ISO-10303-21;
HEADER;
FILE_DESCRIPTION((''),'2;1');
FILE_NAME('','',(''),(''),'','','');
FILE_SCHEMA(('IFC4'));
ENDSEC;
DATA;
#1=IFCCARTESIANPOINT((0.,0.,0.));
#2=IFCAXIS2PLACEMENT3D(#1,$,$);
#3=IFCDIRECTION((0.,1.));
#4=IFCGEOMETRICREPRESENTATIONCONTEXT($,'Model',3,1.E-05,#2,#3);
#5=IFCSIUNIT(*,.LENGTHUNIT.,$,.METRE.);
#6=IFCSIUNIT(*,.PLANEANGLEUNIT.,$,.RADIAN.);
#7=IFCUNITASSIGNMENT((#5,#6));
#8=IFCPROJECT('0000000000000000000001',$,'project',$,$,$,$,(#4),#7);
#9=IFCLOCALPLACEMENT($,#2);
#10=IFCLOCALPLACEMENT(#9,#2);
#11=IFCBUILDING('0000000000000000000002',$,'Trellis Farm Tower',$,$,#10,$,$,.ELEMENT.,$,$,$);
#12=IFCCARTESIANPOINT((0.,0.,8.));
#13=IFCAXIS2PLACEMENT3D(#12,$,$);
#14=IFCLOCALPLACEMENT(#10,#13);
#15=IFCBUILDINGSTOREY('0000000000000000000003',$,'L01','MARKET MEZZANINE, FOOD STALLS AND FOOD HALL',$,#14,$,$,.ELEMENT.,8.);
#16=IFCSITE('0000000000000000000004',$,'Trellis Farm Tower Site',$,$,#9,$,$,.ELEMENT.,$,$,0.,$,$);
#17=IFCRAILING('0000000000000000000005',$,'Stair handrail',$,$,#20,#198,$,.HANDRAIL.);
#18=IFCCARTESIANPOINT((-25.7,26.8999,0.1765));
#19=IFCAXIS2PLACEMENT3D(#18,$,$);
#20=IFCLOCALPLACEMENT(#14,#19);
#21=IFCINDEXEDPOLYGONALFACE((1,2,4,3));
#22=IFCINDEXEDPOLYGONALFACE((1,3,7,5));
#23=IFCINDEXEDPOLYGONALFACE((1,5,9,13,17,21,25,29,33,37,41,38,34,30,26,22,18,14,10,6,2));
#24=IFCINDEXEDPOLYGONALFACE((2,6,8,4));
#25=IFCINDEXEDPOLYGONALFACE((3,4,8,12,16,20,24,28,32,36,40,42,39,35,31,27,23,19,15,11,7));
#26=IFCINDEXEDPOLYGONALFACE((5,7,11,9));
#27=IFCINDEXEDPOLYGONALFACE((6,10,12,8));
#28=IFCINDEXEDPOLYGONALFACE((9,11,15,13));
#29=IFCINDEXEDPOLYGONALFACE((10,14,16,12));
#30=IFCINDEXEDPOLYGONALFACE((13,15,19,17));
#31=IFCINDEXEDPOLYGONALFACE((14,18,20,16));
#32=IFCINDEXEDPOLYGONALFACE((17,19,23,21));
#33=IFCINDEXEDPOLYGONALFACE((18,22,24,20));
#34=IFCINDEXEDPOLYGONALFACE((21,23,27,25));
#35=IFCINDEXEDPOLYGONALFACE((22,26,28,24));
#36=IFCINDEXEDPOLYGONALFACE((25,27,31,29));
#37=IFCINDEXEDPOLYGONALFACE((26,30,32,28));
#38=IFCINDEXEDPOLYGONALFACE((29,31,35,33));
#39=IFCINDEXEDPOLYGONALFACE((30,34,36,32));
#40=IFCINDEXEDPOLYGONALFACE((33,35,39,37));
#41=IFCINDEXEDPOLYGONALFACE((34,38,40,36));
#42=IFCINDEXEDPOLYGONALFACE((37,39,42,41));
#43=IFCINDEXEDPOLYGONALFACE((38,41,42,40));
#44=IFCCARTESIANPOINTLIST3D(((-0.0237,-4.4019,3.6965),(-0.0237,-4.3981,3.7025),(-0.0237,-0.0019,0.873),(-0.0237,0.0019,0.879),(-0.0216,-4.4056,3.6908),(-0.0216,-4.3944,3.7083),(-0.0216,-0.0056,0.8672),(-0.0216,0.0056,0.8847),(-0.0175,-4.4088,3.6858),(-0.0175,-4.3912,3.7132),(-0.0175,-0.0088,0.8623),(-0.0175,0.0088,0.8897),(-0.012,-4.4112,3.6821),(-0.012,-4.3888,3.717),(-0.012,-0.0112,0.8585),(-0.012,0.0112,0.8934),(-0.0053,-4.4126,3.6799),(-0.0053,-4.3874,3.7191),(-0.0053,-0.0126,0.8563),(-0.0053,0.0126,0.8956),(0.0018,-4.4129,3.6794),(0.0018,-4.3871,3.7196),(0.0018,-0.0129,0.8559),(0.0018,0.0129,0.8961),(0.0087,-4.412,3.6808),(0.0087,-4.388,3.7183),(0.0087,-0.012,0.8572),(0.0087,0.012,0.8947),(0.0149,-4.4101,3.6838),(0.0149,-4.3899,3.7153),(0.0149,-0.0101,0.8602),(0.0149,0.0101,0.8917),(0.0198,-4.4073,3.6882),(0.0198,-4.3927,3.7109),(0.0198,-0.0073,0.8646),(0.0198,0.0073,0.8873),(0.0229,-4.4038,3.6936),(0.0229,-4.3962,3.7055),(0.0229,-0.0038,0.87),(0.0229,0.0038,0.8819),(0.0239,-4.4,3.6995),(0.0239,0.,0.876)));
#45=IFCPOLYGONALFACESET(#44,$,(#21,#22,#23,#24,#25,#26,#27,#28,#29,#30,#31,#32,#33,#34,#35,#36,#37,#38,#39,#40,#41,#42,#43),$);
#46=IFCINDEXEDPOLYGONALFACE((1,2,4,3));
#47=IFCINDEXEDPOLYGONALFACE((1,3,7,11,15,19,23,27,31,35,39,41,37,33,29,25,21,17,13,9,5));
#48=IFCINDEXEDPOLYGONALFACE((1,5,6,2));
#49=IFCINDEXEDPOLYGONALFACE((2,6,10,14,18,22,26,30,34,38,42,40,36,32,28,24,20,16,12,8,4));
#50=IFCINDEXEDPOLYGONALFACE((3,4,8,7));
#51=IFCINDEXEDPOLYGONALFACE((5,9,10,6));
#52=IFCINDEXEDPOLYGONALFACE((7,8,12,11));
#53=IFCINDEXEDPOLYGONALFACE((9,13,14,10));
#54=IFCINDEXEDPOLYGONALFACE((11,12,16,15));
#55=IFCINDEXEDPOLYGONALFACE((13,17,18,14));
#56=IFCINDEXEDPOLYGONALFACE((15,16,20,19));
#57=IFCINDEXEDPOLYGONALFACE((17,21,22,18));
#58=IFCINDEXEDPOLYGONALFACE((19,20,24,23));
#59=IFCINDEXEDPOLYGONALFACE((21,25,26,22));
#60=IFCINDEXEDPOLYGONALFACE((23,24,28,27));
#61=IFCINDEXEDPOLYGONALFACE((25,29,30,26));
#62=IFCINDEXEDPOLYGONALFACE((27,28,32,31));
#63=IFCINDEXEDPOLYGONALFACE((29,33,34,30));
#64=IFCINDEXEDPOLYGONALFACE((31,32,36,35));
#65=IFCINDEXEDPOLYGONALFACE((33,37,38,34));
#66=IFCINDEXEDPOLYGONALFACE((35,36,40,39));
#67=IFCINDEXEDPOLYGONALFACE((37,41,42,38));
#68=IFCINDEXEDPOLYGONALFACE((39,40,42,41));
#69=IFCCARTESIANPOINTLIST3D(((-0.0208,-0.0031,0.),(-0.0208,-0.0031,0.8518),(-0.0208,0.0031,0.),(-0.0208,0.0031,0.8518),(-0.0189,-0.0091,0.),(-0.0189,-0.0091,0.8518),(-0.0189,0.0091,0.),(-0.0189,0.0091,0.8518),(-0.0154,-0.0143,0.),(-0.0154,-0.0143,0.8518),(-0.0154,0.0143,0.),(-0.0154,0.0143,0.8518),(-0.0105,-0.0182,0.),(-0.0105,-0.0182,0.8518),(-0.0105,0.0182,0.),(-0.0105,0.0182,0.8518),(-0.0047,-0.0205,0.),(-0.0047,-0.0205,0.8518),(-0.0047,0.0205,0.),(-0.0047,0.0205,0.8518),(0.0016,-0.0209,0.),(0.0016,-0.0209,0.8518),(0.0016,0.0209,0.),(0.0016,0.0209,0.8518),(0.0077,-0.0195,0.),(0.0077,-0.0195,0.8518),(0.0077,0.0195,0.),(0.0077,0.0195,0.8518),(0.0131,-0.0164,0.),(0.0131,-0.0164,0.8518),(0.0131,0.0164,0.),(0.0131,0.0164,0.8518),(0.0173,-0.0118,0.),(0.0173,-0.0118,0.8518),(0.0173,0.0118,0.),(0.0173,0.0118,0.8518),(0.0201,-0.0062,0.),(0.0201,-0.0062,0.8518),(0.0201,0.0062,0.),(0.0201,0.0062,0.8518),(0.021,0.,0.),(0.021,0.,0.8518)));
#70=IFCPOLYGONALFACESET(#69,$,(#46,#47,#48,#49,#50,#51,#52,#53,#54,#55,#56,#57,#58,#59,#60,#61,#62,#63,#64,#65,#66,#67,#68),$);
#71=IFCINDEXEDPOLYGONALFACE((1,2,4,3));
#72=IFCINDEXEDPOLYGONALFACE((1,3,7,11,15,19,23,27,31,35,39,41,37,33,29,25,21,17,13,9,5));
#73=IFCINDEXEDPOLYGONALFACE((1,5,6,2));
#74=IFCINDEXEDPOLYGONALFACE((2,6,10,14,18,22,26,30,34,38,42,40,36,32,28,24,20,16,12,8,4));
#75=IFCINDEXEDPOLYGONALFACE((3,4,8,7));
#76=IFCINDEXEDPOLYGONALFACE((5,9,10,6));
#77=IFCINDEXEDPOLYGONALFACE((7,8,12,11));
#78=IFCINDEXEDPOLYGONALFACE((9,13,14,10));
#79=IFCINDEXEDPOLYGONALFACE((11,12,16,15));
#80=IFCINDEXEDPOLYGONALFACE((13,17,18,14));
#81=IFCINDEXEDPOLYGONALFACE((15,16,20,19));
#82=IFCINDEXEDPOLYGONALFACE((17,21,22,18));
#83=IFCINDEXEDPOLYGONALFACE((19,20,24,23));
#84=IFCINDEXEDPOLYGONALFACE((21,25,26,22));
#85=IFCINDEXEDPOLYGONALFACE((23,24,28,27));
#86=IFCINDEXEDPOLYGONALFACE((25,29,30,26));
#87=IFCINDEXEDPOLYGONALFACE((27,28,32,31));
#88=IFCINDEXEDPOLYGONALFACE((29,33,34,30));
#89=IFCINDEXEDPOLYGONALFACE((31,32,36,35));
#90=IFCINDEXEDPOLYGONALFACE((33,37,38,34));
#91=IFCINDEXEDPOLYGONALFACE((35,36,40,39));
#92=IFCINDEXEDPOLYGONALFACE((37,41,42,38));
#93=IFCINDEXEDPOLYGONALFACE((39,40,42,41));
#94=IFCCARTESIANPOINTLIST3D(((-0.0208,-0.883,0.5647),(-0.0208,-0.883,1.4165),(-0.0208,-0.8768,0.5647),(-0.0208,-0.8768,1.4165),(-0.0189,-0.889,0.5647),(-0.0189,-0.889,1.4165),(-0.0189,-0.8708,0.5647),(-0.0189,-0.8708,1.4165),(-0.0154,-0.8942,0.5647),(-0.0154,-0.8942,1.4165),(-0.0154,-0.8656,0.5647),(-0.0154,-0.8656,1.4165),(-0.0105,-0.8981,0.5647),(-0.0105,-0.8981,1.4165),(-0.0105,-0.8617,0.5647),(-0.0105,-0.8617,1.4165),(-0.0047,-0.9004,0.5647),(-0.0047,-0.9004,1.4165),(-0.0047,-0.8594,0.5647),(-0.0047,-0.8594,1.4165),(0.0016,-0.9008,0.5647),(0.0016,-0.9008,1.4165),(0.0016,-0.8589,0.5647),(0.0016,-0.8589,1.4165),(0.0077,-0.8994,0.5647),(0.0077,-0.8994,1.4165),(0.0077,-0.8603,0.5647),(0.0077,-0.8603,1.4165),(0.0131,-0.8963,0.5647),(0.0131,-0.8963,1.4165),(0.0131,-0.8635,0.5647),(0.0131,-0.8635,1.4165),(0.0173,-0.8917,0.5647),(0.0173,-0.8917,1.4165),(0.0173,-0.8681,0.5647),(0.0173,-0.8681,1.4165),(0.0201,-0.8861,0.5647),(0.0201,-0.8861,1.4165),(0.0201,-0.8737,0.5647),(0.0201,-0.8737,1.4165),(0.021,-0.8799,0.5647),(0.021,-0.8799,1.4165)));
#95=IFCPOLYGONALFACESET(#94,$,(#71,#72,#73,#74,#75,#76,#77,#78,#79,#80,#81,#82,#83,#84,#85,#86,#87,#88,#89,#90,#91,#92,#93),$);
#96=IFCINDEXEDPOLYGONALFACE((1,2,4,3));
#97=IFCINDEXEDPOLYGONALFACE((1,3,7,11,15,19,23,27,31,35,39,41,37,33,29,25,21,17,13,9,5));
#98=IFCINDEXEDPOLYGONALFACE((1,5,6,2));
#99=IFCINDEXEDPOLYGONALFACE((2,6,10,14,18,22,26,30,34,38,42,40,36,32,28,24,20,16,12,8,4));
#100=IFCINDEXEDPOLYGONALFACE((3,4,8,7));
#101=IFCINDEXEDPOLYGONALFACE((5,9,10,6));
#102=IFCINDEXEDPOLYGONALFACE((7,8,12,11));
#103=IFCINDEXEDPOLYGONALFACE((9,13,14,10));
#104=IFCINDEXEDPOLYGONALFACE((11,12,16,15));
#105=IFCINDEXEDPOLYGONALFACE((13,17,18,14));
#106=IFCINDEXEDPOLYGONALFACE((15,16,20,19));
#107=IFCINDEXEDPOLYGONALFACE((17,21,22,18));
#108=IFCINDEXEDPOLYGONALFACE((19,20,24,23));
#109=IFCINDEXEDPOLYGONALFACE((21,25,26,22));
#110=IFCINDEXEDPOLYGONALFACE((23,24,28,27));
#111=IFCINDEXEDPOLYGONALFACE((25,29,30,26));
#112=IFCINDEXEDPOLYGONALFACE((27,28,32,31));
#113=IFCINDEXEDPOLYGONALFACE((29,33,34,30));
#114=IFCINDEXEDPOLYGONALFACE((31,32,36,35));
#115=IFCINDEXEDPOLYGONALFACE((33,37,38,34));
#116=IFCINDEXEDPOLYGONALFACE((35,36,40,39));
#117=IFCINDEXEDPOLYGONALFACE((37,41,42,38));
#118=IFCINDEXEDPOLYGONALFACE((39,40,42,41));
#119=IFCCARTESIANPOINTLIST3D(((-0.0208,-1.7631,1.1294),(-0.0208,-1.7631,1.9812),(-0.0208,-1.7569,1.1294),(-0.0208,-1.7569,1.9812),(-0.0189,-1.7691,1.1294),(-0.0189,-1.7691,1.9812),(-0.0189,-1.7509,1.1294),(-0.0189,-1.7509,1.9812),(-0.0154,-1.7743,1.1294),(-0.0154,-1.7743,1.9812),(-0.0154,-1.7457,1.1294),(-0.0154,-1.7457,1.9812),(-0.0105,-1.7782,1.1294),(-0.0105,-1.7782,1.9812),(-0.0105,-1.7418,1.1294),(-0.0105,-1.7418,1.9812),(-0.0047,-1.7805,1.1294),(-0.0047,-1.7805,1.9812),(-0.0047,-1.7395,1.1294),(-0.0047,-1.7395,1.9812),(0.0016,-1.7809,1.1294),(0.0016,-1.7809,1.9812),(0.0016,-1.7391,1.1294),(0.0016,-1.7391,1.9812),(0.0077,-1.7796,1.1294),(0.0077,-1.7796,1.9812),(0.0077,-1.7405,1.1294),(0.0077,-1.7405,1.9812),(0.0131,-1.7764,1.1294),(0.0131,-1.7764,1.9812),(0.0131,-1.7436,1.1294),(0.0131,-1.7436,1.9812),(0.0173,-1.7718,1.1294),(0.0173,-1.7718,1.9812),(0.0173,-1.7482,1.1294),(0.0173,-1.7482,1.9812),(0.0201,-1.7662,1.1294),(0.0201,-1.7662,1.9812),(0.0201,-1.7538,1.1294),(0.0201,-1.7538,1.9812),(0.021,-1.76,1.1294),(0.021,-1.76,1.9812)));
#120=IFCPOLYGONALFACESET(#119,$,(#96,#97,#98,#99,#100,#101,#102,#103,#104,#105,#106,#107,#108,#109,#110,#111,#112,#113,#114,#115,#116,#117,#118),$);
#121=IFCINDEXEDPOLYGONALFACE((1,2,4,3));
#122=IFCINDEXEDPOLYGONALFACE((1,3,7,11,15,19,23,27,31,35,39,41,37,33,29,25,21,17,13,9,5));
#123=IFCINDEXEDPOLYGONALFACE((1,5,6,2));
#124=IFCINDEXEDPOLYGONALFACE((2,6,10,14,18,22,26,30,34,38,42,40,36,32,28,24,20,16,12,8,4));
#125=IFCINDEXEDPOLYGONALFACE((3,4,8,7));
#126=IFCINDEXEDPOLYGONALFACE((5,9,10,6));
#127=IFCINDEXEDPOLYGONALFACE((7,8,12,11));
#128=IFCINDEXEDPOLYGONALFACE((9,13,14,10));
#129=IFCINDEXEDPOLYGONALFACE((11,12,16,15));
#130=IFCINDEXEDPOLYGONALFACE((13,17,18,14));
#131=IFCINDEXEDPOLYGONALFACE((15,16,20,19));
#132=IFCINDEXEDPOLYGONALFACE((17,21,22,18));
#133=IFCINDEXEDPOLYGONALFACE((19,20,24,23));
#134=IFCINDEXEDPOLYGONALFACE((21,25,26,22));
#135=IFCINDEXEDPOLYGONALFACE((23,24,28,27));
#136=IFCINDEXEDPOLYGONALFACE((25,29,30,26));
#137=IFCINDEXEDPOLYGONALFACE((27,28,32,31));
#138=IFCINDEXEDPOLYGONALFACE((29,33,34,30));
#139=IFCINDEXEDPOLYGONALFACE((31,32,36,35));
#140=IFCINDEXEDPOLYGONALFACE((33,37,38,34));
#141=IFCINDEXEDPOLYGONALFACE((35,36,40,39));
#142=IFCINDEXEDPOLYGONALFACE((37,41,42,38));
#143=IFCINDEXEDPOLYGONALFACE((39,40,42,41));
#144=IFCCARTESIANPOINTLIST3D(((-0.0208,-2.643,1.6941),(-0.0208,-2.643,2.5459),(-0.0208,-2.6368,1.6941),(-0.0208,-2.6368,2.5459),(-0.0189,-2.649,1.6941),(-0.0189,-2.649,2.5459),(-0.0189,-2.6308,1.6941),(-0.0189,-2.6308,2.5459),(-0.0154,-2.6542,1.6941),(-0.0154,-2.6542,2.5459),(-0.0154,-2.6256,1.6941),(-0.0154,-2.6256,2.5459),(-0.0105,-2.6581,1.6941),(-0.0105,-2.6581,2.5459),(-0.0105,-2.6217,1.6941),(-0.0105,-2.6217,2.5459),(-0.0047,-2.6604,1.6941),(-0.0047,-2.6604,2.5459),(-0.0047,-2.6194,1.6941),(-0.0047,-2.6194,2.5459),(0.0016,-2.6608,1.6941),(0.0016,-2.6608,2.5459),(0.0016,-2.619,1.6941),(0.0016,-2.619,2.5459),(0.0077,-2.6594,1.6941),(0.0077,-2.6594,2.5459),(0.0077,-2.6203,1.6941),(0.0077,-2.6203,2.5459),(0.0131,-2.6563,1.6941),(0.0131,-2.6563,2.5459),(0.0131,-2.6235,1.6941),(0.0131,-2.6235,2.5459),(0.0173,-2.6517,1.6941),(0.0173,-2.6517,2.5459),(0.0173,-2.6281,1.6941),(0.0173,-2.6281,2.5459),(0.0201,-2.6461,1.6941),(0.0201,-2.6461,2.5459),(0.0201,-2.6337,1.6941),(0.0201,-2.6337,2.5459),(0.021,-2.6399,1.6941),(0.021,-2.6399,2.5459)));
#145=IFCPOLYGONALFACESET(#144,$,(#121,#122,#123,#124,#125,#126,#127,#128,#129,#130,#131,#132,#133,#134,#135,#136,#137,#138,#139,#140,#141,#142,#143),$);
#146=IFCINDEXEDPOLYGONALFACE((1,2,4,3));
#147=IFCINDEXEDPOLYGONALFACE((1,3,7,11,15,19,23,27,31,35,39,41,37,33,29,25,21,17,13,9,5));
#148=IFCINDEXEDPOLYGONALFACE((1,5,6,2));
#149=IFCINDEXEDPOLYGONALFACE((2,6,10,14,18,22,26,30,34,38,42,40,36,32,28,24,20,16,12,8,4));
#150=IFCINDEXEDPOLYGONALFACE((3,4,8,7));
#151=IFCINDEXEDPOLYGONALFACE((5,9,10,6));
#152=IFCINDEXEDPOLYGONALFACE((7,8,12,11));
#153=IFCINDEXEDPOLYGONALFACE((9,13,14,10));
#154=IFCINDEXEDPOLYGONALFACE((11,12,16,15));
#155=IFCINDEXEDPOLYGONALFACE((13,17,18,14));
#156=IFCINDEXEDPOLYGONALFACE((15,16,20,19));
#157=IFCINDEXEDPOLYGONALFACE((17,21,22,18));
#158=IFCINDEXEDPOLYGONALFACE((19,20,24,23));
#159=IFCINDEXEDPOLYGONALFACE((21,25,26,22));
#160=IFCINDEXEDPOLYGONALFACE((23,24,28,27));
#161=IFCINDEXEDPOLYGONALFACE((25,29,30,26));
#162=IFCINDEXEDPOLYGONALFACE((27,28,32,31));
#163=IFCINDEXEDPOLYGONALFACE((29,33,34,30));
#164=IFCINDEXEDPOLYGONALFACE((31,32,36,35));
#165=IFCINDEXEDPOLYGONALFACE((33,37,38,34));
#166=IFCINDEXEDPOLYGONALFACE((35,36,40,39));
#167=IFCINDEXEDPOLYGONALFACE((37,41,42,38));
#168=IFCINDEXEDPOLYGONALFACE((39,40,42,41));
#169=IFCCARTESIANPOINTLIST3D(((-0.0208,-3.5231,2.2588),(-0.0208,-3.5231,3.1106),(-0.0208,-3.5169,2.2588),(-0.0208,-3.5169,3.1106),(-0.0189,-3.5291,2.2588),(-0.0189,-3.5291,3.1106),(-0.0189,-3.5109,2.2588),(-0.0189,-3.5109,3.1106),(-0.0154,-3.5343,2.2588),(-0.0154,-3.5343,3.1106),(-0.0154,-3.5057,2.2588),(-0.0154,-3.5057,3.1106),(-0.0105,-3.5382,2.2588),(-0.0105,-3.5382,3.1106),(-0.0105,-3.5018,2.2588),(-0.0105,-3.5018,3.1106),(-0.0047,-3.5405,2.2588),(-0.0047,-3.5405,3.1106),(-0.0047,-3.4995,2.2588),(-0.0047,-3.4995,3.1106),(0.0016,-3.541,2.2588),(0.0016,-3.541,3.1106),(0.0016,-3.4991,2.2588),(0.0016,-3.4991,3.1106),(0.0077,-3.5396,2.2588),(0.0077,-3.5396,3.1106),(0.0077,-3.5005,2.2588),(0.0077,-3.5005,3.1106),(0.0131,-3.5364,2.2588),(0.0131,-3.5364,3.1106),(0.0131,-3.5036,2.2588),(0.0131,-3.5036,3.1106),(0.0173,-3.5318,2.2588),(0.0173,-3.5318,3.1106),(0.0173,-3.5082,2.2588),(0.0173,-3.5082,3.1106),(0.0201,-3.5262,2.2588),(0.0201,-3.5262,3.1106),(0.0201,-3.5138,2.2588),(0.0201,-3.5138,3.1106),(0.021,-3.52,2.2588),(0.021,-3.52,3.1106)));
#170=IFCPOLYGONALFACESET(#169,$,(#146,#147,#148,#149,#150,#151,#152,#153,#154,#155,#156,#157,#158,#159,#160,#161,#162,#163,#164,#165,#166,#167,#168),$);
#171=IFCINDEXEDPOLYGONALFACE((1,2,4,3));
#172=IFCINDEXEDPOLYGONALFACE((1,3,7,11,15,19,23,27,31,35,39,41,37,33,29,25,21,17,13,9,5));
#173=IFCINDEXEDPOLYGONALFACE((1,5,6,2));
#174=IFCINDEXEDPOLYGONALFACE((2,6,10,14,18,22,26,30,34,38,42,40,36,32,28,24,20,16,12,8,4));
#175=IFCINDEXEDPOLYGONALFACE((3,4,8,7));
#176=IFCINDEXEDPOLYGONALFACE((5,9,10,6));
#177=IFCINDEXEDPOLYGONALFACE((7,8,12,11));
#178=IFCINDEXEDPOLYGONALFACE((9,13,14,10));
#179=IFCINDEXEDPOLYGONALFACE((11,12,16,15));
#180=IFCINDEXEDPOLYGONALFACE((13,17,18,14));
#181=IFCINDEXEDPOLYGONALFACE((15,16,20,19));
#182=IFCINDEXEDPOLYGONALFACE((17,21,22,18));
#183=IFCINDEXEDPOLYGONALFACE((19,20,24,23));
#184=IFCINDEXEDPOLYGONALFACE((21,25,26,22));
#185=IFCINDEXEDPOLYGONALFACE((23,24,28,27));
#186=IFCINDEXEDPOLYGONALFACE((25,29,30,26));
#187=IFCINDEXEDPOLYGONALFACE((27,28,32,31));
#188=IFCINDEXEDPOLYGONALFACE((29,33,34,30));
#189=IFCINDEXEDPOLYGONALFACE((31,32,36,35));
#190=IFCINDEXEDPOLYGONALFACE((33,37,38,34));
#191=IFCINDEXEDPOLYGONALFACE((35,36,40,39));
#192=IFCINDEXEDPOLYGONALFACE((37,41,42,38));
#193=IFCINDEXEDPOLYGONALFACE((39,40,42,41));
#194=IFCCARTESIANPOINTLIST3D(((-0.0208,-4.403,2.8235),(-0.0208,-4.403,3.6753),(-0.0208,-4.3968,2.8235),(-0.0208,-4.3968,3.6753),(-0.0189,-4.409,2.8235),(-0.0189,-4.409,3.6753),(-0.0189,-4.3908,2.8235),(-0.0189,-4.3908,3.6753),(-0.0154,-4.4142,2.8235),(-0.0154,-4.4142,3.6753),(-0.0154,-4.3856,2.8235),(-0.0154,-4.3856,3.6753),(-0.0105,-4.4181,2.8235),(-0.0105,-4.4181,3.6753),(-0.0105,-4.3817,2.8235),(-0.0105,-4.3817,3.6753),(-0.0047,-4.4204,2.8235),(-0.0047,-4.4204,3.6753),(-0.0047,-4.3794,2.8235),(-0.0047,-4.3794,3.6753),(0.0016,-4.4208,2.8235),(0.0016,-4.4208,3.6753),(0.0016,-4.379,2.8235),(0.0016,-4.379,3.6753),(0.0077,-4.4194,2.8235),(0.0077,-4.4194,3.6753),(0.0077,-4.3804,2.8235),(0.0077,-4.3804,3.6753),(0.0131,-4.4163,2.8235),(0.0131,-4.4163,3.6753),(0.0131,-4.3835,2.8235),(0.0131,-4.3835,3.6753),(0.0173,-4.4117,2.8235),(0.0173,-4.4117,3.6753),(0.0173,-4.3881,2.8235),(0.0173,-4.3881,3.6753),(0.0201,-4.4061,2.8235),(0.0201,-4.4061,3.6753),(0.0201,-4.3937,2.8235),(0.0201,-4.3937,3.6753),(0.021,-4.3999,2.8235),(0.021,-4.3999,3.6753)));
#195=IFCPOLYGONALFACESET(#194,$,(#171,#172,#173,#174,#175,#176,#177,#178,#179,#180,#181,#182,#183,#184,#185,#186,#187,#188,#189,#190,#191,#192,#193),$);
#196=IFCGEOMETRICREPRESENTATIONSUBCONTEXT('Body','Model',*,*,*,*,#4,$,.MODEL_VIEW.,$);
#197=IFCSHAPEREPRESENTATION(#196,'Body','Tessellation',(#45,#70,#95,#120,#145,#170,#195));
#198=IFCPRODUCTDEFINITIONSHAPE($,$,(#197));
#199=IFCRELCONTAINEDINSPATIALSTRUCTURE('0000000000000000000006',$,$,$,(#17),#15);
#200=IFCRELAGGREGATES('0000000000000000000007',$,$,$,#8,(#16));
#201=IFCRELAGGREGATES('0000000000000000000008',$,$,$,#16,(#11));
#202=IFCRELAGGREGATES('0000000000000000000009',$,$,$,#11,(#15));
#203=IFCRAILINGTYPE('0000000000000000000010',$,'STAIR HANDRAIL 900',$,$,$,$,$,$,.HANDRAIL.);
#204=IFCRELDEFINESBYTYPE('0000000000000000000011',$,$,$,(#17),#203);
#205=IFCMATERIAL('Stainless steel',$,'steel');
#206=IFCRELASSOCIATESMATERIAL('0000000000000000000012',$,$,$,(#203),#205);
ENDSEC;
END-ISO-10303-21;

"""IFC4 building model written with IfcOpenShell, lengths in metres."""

from ifc_helpers import new_model, si_unit, direction, frame, origin, origin_2d, place, context, subcontext, project, spatial, circle, extrude, source, transform, mapped, material, type_object, element, save


model = new_model("IFC4")

# Units and contexts
model_context = context("Model", 3, precision=1e-05, world=origin(), true_north=direction((0.0, 1.0)))
body_context = subcontext(model_context, "Body", "Model", "MODEL_VIEW")
ifc_project = project(units=[si_unit("LENGTHUNIT", "METRE"), si_unit("PLANEANGLEUNIT", "RADIAN")], contexts=[model_context])

# Site, building, storey
site_placement = place(None, origin())
site = spatial("IfcSite", under=ifc_project, at=site_placement, Name="Trellis Farm Tower Site", CompositionType="ELEMENT", RefElevation=0.0)
building_placement = place(site_placement, origin())
building = spatial("IfcBuilding", under=site, at=building_placement, Name="Trellis Farm Tower", CompositionType="ELEMENT")
storey_placement = place(building_placement, frame((0.0, 0.0, 8.0)))
storey = spatial("IfcBuildingStorey", under=building, at=storey_placement, Name="L01", Description="MARKET MEZZANINE, FOOD STALLS AND FOOD HALL", CompositionType="ELEMENT", Elevation=8.0)

# Railing
ifc_material_1 = material(Name="Stainless steel", Category="steel")
railing_type = type_object("IfcRailingType", Name="STAIR HANDRAIL 900", PredefinedType="HANDRAIL", material=ifc_material_1)
shared_shape_1 = source(origin(), body_context, "Body", "SweptSolid", [
    extrude(circle(Radius=0.0239, at=origin_2d()), frame((0.0, 0.0, 0.876), z_axis=(0.0, -0.841615, 0.540078), x_axis=(1.0, 0.0, 0.0)), (0.0, 0.0, 1.0), 5.228),
    extrude(circle(Radius=0.021, at=origin_2d()), origin(), (0.0, 0.0, 1.0), 0.8518),
    extrude(circle(Radius=0.021, at=origin_2d()), frame((0.0, -0.8799, 0.5647)), (0.0, 0.0, 1.0), 0.8518),
    extrude(circle(Radius=0.021, at=origin_2d()), frame((0.0, -1.76, 1.1294)), (0.0, 0.0, 1.0), 0.8518),
    extrude(circle(Radius=0.021, at=origin_2d()), frame((0.0, -2.6399, 1.6941)), (0.0, 0.0, 1.0), 0.8518),
    extrude(circle(Radius=0.021, at=origin_2d()), frame((0.0, -3.52, 2.2588)), (0.0, 0.0, 1.0), 0.8518),
    extrude(circle(Radius=0.021, at=origin_2d()), frame((0.0, -4.3999, 2.8235)), (0.0, 0.0, 1.0), 0.8518),
])
for number, where, name in (
    (1, (-25.7, 26.8999, 0.1765), "Stair handrail"),
):
    element("IfcRailing", number, at=place(storey_placement, frame(where)), inside=storey, type_object=railing_type, Name=name, PredefinedType="HANDRAIL", context=body_context, shape_type="MappedRepresentation", body=[
        mapped(shared_shape_1, transform((0.0, 0.0, 0.0))),
    ])

save(model, "model.ifc")
